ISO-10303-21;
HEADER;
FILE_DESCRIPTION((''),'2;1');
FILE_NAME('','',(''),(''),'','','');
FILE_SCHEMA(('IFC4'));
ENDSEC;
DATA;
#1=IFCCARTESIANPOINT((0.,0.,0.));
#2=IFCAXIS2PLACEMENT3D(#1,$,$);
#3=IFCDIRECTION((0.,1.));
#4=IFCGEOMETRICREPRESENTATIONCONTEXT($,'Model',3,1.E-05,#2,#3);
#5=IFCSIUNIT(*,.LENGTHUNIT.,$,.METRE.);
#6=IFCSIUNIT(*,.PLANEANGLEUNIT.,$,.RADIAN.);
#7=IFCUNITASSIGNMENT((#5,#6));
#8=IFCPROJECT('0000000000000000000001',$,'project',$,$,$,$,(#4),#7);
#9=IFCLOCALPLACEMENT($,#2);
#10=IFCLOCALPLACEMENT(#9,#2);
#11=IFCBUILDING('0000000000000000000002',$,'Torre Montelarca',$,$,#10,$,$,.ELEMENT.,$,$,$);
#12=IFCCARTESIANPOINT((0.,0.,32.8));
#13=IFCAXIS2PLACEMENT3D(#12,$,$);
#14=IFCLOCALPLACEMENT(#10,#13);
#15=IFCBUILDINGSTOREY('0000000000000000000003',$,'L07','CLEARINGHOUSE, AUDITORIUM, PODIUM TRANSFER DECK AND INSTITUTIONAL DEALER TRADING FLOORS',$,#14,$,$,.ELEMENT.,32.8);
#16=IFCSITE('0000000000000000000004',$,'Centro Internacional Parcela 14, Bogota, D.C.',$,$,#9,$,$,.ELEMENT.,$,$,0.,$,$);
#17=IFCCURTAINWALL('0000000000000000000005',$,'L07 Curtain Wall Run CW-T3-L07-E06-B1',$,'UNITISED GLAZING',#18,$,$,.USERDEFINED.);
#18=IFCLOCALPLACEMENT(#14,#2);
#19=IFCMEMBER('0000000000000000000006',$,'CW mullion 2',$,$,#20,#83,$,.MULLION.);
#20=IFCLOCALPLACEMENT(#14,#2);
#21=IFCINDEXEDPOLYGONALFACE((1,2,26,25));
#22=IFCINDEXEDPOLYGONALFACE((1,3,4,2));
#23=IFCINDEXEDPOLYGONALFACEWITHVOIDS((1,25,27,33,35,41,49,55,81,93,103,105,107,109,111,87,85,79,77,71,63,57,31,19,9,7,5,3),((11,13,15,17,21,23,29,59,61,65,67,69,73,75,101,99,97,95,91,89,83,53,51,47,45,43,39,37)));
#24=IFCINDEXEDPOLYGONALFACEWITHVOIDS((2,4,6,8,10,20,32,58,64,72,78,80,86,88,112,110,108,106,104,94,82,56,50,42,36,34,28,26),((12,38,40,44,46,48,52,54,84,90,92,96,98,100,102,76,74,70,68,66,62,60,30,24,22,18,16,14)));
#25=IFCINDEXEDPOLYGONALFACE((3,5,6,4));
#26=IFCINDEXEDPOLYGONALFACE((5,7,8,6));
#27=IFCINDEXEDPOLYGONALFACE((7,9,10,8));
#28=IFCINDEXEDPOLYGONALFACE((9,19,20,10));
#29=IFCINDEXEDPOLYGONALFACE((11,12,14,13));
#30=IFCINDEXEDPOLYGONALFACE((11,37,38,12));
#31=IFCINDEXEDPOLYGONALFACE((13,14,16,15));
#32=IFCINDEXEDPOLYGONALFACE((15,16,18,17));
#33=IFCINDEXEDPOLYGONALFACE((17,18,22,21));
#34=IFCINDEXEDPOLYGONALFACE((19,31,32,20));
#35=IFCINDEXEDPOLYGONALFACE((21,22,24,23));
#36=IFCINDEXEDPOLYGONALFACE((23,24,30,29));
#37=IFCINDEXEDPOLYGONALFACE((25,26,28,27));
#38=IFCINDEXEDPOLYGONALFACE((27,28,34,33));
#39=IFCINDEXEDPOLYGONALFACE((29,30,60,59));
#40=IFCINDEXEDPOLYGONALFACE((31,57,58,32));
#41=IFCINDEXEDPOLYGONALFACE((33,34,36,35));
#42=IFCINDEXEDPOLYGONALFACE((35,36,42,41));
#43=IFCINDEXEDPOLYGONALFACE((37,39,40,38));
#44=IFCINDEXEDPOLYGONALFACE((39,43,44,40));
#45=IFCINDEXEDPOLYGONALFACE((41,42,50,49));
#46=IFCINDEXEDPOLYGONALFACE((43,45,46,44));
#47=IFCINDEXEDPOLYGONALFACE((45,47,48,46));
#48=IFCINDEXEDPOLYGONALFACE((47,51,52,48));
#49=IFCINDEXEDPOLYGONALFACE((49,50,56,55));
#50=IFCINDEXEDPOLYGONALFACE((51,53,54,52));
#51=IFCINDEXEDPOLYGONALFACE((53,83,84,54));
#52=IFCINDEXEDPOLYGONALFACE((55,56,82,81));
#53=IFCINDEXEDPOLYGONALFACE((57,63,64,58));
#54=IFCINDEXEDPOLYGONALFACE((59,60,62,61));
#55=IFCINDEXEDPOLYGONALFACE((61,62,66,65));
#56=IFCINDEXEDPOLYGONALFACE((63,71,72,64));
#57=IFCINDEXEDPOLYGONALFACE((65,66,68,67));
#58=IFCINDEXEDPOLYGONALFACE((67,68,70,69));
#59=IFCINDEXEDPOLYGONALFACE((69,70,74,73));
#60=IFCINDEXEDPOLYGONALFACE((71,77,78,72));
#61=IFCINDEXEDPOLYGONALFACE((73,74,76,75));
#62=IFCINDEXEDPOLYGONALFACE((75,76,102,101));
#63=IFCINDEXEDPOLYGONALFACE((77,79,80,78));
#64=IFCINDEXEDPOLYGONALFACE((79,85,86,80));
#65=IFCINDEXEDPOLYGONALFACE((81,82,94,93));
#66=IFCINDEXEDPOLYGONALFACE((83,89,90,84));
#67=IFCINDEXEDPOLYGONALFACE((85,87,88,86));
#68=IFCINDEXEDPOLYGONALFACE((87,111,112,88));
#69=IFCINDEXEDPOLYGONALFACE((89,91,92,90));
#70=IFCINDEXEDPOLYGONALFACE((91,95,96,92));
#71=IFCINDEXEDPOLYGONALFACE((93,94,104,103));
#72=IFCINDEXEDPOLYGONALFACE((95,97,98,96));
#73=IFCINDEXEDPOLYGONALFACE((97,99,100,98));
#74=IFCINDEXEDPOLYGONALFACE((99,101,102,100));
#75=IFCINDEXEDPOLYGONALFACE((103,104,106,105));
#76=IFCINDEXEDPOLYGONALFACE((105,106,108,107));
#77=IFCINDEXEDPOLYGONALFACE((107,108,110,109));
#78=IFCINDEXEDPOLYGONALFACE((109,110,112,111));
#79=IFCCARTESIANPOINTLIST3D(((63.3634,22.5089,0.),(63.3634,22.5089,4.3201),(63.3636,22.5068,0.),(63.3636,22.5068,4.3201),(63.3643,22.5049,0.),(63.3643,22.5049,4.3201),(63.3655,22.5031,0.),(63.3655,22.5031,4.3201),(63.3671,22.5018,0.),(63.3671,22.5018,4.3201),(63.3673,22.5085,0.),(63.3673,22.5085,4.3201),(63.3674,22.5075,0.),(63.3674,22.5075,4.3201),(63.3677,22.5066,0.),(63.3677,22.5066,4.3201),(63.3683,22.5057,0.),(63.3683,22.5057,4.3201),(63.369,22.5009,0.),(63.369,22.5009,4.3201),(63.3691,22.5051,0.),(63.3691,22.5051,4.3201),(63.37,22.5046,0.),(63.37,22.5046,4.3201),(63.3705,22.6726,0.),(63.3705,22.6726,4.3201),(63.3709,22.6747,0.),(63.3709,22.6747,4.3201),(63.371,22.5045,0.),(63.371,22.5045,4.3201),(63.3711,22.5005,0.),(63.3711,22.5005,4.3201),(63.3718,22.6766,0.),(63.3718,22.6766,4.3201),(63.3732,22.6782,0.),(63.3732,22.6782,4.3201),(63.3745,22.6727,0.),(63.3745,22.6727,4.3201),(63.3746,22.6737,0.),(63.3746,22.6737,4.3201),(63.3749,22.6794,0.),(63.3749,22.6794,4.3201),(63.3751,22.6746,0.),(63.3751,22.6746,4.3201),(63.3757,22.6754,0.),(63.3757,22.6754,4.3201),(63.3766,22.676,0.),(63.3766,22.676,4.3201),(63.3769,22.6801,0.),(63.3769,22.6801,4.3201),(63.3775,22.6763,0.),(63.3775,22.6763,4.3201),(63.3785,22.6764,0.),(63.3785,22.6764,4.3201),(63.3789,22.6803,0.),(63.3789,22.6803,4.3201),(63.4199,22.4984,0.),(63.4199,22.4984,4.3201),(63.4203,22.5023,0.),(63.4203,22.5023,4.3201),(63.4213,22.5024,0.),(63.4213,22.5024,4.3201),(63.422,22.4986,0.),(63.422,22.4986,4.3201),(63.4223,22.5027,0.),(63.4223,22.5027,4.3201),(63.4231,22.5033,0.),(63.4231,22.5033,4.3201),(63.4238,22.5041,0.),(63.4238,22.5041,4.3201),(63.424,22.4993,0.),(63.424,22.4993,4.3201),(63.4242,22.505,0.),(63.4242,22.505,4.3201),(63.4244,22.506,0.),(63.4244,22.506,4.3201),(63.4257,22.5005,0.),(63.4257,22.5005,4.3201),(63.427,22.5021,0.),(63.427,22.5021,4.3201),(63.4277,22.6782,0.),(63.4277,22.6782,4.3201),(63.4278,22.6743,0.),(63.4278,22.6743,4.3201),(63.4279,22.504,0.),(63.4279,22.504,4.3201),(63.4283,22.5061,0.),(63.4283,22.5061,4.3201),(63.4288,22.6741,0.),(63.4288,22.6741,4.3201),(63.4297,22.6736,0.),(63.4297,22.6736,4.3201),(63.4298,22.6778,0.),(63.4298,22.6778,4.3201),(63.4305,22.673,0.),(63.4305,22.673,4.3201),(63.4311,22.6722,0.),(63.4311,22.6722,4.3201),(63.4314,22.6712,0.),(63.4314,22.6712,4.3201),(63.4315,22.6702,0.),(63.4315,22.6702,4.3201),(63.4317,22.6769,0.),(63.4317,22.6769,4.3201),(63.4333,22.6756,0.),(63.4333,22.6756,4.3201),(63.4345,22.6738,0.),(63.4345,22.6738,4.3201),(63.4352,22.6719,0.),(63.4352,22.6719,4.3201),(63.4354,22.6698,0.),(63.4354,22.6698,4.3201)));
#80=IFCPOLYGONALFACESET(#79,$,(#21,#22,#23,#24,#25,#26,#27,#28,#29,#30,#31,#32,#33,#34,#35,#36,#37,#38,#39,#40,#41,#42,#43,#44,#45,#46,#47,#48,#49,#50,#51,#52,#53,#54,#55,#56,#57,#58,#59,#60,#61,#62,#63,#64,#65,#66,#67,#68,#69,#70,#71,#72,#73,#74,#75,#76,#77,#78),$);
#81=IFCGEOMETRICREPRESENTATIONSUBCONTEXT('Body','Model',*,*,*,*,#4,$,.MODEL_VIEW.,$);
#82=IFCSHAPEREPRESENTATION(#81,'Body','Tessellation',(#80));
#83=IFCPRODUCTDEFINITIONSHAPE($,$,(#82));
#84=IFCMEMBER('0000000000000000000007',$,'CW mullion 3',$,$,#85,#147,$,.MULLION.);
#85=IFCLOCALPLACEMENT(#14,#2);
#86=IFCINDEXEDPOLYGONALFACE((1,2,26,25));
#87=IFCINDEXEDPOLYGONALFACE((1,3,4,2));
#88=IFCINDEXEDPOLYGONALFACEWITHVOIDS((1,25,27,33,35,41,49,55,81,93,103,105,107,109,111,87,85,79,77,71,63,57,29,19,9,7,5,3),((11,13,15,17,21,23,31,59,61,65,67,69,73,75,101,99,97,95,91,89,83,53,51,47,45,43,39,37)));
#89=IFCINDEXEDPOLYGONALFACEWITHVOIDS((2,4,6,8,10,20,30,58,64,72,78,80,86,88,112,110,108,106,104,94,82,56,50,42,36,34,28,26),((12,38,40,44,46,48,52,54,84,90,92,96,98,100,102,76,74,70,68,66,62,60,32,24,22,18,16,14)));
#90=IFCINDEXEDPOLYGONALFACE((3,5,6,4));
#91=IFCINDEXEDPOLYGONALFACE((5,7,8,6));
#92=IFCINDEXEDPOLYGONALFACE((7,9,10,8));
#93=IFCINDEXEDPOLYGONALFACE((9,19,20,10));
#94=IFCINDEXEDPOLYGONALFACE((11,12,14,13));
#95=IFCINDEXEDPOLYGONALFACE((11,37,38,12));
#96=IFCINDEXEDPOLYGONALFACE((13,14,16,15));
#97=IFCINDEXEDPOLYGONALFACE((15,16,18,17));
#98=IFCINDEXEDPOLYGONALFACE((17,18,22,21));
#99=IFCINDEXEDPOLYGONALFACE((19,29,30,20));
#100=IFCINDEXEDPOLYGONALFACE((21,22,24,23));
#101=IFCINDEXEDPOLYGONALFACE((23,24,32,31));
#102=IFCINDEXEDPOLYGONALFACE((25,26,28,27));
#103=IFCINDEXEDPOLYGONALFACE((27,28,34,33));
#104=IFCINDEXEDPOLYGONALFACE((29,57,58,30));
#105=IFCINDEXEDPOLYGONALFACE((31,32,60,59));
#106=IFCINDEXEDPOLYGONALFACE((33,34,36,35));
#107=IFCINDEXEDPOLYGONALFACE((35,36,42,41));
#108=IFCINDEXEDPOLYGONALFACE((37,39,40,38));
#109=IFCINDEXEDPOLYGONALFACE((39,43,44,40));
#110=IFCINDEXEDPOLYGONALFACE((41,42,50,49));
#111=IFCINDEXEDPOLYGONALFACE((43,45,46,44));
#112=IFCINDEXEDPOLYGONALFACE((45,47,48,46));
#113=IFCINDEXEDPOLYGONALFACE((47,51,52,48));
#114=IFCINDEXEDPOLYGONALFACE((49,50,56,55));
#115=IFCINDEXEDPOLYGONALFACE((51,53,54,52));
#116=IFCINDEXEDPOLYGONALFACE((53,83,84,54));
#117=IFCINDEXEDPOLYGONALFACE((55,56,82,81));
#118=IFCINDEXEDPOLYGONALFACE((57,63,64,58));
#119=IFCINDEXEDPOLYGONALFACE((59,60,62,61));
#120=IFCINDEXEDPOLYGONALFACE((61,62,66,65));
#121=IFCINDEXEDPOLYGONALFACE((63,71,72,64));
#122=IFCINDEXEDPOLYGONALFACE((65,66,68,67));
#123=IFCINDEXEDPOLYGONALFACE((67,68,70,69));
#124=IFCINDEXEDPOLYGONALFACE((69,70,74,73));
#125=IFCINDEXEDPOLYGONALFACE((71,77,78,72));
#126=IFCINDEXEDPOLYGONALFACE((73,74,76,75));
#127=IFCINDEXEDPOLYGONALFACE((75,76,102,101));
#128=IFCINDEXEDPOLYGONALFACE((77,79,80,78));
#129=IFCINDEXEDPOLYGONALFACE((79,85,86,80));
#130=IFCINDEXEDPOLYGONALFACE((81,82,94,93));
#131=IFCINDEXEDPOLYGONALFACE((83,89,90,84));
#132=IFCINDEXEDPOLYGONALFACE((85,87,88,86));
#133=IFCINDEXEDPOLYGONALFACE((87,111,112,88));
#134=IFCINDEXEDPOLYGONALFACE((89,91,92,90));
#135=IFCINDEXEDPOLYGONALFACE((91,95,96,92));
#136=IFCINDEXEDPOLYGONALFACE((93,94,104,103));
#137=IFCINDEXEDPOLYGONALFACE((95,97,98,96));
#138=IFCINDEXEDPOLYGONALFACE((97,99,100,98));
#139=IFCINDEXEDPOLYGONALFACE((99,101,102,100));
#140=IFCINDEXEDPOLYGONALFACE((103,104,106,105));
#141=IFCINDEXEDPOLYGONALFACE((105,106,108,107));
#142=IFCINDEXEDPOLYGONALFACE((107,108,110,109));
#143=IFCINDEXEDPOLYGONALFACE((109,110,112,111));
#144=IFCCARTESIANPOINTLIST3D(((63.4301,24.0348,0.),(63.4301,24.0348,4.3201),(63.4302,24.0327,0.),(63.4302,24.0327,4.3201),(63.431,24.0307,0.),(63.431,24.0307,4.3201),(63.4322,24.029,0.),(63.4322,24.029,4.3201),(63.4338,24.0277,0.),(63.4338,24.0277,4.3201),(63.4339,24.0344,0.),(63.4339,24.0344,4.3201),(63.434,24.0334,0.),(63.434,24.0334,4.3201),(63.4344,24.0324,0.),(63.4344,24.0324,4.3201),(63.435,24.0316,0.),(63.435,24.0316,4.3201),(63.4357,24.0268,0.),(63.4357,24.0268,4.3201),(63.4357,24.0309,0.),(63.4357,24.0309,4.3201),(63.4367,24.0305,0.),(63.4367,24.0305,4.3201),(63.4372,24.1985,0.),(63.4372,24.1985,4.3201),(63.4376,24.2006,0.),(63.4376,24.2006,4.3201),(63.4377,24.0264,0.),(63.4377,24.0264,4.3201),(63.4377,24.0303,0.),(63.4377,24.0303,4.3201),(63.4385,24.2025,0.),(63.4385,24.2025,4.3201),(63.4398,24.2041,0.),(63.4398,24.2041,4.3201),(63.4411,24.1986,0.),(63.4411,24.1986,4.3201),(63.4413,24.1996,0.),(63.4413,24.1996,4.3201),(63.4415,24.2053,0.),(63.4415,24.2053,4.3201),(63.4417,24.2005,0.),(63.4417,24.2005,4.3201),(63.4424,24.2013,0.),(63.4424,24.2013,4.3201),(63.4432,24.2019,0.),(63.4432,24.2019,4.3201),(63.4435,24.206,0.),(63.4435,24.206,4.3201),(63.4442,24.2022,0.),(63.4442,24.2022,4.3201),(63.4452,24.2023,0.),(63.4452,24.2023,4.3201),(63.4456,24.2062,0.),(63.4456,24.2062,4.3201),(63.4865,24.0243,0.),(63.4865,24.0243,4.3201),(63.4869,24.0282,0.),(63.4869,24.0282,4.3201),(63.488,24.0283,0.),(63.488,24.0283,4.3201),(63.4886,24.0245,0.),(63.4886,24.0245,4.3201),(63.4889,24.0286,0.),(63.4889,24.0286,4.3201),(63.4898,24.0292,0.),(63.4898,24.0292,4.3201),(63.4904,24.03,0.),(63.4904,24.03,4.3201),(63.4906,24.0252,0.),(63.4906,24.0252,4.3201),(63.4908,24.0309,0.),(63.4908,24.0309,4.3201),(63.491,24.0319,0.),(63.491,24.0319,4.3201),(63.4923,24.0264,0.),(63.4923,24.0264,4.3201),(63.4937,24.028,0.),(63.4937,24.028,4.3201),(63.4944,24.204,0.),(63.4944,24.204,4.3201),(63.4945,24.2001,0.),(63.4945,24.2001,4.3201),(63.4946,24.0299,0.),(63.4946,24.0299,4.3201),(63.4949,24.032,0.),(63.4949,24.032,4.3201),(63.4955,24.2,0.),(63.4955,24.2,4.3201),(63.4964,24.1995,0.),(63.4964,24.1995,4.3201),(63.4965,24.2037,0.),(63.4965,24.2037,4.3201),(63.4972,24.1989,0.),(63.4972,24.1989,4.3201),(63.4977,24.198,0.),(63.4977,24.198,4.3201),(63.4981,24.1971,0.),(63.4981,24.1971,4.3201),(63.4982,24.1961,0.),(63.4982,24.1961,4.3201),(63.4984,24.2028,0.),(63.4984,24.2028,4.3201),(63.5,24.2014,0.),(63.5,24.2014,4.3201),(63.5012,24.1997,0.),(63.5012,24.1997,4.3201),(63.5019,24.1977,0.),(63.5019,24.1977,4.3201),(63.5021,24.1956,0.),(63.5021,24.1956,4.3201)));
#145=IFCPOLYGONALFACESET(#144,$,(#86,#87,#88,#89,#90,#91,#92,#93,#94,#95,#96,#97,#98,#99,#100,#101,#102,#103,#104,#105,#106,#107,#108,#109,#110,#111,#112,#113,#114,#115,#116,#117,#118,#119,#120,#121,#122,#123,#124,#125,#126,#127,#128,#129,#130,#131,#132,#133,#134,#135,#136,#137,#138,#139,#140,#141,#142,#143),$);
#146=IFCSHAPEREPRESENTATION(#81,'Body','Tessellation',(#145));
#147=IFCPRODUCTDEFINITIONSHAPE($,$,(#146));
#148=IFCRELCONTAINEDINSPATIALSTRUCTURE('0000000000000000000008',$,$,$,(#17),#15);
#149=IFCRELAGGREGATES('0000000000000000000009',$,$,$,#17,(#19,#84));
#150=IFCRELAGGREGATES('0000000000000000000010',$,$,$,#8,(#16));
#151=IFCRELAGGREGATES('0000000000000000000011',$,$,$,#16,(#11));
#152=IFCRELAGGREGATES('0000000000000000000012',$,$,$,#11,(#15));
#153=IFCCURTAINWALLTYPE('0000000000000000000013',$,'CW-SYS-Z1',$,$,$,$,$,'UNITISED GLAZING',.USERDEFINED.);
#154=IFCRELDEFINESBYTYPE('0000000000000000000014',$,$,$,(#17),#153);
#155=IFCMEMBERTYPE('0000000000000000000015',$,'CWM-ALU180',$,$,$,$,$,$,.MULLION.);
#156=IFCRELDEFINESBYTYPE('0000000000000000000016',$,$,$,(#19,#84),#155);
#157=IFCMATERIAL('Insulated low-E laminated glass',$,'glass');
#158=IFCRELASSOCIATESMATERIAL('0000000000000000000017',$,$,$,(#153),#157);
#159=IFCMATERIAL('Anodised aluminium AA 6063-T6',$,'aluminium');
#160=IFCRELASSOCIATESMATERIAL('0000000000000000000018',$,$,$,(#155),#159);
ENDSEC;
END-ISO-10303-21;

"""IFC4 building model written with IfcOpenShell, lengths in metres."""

from ifc_helpers import new_model, si_unit, direction, frame, origin, origin_2d, place, context, subcontext, project, spatial, hollow_rectangle, extrude, source, transform, mapped, material, material_profile, profile_set, type_object, element, aggregate, save


model = new_model("IFC4")

# Units and contexts
model_context = context("Model", 3, precision=1e-05, world=origin(), true_north=direction((0.0, 1.0)))
body_context = subcontext(model_context, "Body", "Model", "MODEL_VIEW")
ifc_project = project(units=[si_unit("LENGTHUNIT", "METRE"), si_unit("PLANEANGLEUNIT", "RADIAN")], contexts=[model_context])

# Site, building, storey
site_placement = place(None, origin())
site = spatial("IfcSite", under=ifc_project, at=site_placement, Name="Centro Internacional Parcela 14, Bogota, D.C.", CompositionType="ELEMENT", RefElevation=0.0)
building_placement = place(site_placement, origin())
building = spatial("IfcBuilding", under=site, at=building_placement, Name="Torre Montelarca", CompositionType="ELEMENT")
storey_placement = place(building_placement, frame((0.0, 0.0, 32.8)))
storey = spatial("IfcBuildingStorey", under=building, at=storey_placement, Name="L07", Description="CLEARINGHOUSE, AUDITORIUM, PODIUM TRANSFER DECK AND INSTITUTIONAL DEALER TRADING FLOORS", CompositionType="ELEMENT", Elevation=32.8)

# Shared definitions
ifc_material_1 = material(Name="Insulated low-E laminated glass", Category="glass")
curtain_wall_type = type_object("IfcCurtainWallType", Name="CW-SYS-Z1", ElementType="UNITISED GLAZING", PredefinedType="USERDEFINED", material=ifc_material_1)
ifc_material_2 = material(Name="Anodised aluminium AA 6063-T6", Category="aluminium")
ifc_material_profile_1 = material_profile(ifc_material_2, hollow_rectangle(XDim=0.0649, YDim=0.1799, WallThickness=0.0039, InnerFilletRadius=0.0039, OuterFilletRadius=0.0081, at=origin_2d()), Name="ALU65X180X4", Category="aluminium")
ifc_profile_set_1 = profile_set([ifc_material_profile_1], Name="Anodised aluminium AA 6063-T6")
member_type_1 = type_object("IfcMemberType", Name="CWM-ALU180", PredefinedType="MULLION", material=ifc_profile_set_1)
shared_shape_1 = source(origin(), body_context, "Body", "SweptSolid", [
    extrude(hollow_rectangle(XDim=0.0649, YDim=0.1799, WallThickness=0.0039, InnerFilletRadius=0.0039, OuterFilletRadius=0.0081, at=origin_2d()), origin(), (0.0, 0.0, 1.0), 4.3201),
])

# Curtain wall, members
curtain_wall_1_placement = place(storey_placement, origin())
curtain_wall_1 = element("IfcCurtainWall", 1, at=curtain_wall_1_placement, inside=storey, type_object=curtain_wall_type, Name="L07 Curtain Wall Run CW-T3-L07-E06-B1", ObjectType="UNITISED GLAZING", PredefinedType="USERDEFINED")
member_1_placement = place(storey_placement, frame((63.3994, 22.5894, 0.0), z_axis=(0.0, 0.0, 1.0), x_axis=(-0.999048, 0.043622, 0.0)))
member_1 = element("IfcMember", 2, at=member_1_placement, type_object=member_type_1, Name="CW mullion 2", PredefinedType="MULLION", context=body_context, shape_type="MappedRepresentation", body=[
    mapped(shared_shape_1, transform((0.0, 0.0, 0.0), scale=1.0)),
])
member_2_placement = place(storey_placement, frame((63.4661, 24.1152, 0.0), z_axis=(0.0, 0.0, 1.0), x_axis=(-0.999048, 0.043622, 0.0)))
member_2 = element("IfcMember", 3, at=member_2_placement, type_object=member_type_1, Name="CW mullion 3", PredefinedType="MULLION", context=body_context, shape_type="MappedRepresentation", body=[
    mapped(shared_shape_1, transform((0.0, 0.0, 0.0), scale=1.0)),
])

aggregate(curtain_wall_1, [member_1, member_2])

save(model, "model.ifc")
